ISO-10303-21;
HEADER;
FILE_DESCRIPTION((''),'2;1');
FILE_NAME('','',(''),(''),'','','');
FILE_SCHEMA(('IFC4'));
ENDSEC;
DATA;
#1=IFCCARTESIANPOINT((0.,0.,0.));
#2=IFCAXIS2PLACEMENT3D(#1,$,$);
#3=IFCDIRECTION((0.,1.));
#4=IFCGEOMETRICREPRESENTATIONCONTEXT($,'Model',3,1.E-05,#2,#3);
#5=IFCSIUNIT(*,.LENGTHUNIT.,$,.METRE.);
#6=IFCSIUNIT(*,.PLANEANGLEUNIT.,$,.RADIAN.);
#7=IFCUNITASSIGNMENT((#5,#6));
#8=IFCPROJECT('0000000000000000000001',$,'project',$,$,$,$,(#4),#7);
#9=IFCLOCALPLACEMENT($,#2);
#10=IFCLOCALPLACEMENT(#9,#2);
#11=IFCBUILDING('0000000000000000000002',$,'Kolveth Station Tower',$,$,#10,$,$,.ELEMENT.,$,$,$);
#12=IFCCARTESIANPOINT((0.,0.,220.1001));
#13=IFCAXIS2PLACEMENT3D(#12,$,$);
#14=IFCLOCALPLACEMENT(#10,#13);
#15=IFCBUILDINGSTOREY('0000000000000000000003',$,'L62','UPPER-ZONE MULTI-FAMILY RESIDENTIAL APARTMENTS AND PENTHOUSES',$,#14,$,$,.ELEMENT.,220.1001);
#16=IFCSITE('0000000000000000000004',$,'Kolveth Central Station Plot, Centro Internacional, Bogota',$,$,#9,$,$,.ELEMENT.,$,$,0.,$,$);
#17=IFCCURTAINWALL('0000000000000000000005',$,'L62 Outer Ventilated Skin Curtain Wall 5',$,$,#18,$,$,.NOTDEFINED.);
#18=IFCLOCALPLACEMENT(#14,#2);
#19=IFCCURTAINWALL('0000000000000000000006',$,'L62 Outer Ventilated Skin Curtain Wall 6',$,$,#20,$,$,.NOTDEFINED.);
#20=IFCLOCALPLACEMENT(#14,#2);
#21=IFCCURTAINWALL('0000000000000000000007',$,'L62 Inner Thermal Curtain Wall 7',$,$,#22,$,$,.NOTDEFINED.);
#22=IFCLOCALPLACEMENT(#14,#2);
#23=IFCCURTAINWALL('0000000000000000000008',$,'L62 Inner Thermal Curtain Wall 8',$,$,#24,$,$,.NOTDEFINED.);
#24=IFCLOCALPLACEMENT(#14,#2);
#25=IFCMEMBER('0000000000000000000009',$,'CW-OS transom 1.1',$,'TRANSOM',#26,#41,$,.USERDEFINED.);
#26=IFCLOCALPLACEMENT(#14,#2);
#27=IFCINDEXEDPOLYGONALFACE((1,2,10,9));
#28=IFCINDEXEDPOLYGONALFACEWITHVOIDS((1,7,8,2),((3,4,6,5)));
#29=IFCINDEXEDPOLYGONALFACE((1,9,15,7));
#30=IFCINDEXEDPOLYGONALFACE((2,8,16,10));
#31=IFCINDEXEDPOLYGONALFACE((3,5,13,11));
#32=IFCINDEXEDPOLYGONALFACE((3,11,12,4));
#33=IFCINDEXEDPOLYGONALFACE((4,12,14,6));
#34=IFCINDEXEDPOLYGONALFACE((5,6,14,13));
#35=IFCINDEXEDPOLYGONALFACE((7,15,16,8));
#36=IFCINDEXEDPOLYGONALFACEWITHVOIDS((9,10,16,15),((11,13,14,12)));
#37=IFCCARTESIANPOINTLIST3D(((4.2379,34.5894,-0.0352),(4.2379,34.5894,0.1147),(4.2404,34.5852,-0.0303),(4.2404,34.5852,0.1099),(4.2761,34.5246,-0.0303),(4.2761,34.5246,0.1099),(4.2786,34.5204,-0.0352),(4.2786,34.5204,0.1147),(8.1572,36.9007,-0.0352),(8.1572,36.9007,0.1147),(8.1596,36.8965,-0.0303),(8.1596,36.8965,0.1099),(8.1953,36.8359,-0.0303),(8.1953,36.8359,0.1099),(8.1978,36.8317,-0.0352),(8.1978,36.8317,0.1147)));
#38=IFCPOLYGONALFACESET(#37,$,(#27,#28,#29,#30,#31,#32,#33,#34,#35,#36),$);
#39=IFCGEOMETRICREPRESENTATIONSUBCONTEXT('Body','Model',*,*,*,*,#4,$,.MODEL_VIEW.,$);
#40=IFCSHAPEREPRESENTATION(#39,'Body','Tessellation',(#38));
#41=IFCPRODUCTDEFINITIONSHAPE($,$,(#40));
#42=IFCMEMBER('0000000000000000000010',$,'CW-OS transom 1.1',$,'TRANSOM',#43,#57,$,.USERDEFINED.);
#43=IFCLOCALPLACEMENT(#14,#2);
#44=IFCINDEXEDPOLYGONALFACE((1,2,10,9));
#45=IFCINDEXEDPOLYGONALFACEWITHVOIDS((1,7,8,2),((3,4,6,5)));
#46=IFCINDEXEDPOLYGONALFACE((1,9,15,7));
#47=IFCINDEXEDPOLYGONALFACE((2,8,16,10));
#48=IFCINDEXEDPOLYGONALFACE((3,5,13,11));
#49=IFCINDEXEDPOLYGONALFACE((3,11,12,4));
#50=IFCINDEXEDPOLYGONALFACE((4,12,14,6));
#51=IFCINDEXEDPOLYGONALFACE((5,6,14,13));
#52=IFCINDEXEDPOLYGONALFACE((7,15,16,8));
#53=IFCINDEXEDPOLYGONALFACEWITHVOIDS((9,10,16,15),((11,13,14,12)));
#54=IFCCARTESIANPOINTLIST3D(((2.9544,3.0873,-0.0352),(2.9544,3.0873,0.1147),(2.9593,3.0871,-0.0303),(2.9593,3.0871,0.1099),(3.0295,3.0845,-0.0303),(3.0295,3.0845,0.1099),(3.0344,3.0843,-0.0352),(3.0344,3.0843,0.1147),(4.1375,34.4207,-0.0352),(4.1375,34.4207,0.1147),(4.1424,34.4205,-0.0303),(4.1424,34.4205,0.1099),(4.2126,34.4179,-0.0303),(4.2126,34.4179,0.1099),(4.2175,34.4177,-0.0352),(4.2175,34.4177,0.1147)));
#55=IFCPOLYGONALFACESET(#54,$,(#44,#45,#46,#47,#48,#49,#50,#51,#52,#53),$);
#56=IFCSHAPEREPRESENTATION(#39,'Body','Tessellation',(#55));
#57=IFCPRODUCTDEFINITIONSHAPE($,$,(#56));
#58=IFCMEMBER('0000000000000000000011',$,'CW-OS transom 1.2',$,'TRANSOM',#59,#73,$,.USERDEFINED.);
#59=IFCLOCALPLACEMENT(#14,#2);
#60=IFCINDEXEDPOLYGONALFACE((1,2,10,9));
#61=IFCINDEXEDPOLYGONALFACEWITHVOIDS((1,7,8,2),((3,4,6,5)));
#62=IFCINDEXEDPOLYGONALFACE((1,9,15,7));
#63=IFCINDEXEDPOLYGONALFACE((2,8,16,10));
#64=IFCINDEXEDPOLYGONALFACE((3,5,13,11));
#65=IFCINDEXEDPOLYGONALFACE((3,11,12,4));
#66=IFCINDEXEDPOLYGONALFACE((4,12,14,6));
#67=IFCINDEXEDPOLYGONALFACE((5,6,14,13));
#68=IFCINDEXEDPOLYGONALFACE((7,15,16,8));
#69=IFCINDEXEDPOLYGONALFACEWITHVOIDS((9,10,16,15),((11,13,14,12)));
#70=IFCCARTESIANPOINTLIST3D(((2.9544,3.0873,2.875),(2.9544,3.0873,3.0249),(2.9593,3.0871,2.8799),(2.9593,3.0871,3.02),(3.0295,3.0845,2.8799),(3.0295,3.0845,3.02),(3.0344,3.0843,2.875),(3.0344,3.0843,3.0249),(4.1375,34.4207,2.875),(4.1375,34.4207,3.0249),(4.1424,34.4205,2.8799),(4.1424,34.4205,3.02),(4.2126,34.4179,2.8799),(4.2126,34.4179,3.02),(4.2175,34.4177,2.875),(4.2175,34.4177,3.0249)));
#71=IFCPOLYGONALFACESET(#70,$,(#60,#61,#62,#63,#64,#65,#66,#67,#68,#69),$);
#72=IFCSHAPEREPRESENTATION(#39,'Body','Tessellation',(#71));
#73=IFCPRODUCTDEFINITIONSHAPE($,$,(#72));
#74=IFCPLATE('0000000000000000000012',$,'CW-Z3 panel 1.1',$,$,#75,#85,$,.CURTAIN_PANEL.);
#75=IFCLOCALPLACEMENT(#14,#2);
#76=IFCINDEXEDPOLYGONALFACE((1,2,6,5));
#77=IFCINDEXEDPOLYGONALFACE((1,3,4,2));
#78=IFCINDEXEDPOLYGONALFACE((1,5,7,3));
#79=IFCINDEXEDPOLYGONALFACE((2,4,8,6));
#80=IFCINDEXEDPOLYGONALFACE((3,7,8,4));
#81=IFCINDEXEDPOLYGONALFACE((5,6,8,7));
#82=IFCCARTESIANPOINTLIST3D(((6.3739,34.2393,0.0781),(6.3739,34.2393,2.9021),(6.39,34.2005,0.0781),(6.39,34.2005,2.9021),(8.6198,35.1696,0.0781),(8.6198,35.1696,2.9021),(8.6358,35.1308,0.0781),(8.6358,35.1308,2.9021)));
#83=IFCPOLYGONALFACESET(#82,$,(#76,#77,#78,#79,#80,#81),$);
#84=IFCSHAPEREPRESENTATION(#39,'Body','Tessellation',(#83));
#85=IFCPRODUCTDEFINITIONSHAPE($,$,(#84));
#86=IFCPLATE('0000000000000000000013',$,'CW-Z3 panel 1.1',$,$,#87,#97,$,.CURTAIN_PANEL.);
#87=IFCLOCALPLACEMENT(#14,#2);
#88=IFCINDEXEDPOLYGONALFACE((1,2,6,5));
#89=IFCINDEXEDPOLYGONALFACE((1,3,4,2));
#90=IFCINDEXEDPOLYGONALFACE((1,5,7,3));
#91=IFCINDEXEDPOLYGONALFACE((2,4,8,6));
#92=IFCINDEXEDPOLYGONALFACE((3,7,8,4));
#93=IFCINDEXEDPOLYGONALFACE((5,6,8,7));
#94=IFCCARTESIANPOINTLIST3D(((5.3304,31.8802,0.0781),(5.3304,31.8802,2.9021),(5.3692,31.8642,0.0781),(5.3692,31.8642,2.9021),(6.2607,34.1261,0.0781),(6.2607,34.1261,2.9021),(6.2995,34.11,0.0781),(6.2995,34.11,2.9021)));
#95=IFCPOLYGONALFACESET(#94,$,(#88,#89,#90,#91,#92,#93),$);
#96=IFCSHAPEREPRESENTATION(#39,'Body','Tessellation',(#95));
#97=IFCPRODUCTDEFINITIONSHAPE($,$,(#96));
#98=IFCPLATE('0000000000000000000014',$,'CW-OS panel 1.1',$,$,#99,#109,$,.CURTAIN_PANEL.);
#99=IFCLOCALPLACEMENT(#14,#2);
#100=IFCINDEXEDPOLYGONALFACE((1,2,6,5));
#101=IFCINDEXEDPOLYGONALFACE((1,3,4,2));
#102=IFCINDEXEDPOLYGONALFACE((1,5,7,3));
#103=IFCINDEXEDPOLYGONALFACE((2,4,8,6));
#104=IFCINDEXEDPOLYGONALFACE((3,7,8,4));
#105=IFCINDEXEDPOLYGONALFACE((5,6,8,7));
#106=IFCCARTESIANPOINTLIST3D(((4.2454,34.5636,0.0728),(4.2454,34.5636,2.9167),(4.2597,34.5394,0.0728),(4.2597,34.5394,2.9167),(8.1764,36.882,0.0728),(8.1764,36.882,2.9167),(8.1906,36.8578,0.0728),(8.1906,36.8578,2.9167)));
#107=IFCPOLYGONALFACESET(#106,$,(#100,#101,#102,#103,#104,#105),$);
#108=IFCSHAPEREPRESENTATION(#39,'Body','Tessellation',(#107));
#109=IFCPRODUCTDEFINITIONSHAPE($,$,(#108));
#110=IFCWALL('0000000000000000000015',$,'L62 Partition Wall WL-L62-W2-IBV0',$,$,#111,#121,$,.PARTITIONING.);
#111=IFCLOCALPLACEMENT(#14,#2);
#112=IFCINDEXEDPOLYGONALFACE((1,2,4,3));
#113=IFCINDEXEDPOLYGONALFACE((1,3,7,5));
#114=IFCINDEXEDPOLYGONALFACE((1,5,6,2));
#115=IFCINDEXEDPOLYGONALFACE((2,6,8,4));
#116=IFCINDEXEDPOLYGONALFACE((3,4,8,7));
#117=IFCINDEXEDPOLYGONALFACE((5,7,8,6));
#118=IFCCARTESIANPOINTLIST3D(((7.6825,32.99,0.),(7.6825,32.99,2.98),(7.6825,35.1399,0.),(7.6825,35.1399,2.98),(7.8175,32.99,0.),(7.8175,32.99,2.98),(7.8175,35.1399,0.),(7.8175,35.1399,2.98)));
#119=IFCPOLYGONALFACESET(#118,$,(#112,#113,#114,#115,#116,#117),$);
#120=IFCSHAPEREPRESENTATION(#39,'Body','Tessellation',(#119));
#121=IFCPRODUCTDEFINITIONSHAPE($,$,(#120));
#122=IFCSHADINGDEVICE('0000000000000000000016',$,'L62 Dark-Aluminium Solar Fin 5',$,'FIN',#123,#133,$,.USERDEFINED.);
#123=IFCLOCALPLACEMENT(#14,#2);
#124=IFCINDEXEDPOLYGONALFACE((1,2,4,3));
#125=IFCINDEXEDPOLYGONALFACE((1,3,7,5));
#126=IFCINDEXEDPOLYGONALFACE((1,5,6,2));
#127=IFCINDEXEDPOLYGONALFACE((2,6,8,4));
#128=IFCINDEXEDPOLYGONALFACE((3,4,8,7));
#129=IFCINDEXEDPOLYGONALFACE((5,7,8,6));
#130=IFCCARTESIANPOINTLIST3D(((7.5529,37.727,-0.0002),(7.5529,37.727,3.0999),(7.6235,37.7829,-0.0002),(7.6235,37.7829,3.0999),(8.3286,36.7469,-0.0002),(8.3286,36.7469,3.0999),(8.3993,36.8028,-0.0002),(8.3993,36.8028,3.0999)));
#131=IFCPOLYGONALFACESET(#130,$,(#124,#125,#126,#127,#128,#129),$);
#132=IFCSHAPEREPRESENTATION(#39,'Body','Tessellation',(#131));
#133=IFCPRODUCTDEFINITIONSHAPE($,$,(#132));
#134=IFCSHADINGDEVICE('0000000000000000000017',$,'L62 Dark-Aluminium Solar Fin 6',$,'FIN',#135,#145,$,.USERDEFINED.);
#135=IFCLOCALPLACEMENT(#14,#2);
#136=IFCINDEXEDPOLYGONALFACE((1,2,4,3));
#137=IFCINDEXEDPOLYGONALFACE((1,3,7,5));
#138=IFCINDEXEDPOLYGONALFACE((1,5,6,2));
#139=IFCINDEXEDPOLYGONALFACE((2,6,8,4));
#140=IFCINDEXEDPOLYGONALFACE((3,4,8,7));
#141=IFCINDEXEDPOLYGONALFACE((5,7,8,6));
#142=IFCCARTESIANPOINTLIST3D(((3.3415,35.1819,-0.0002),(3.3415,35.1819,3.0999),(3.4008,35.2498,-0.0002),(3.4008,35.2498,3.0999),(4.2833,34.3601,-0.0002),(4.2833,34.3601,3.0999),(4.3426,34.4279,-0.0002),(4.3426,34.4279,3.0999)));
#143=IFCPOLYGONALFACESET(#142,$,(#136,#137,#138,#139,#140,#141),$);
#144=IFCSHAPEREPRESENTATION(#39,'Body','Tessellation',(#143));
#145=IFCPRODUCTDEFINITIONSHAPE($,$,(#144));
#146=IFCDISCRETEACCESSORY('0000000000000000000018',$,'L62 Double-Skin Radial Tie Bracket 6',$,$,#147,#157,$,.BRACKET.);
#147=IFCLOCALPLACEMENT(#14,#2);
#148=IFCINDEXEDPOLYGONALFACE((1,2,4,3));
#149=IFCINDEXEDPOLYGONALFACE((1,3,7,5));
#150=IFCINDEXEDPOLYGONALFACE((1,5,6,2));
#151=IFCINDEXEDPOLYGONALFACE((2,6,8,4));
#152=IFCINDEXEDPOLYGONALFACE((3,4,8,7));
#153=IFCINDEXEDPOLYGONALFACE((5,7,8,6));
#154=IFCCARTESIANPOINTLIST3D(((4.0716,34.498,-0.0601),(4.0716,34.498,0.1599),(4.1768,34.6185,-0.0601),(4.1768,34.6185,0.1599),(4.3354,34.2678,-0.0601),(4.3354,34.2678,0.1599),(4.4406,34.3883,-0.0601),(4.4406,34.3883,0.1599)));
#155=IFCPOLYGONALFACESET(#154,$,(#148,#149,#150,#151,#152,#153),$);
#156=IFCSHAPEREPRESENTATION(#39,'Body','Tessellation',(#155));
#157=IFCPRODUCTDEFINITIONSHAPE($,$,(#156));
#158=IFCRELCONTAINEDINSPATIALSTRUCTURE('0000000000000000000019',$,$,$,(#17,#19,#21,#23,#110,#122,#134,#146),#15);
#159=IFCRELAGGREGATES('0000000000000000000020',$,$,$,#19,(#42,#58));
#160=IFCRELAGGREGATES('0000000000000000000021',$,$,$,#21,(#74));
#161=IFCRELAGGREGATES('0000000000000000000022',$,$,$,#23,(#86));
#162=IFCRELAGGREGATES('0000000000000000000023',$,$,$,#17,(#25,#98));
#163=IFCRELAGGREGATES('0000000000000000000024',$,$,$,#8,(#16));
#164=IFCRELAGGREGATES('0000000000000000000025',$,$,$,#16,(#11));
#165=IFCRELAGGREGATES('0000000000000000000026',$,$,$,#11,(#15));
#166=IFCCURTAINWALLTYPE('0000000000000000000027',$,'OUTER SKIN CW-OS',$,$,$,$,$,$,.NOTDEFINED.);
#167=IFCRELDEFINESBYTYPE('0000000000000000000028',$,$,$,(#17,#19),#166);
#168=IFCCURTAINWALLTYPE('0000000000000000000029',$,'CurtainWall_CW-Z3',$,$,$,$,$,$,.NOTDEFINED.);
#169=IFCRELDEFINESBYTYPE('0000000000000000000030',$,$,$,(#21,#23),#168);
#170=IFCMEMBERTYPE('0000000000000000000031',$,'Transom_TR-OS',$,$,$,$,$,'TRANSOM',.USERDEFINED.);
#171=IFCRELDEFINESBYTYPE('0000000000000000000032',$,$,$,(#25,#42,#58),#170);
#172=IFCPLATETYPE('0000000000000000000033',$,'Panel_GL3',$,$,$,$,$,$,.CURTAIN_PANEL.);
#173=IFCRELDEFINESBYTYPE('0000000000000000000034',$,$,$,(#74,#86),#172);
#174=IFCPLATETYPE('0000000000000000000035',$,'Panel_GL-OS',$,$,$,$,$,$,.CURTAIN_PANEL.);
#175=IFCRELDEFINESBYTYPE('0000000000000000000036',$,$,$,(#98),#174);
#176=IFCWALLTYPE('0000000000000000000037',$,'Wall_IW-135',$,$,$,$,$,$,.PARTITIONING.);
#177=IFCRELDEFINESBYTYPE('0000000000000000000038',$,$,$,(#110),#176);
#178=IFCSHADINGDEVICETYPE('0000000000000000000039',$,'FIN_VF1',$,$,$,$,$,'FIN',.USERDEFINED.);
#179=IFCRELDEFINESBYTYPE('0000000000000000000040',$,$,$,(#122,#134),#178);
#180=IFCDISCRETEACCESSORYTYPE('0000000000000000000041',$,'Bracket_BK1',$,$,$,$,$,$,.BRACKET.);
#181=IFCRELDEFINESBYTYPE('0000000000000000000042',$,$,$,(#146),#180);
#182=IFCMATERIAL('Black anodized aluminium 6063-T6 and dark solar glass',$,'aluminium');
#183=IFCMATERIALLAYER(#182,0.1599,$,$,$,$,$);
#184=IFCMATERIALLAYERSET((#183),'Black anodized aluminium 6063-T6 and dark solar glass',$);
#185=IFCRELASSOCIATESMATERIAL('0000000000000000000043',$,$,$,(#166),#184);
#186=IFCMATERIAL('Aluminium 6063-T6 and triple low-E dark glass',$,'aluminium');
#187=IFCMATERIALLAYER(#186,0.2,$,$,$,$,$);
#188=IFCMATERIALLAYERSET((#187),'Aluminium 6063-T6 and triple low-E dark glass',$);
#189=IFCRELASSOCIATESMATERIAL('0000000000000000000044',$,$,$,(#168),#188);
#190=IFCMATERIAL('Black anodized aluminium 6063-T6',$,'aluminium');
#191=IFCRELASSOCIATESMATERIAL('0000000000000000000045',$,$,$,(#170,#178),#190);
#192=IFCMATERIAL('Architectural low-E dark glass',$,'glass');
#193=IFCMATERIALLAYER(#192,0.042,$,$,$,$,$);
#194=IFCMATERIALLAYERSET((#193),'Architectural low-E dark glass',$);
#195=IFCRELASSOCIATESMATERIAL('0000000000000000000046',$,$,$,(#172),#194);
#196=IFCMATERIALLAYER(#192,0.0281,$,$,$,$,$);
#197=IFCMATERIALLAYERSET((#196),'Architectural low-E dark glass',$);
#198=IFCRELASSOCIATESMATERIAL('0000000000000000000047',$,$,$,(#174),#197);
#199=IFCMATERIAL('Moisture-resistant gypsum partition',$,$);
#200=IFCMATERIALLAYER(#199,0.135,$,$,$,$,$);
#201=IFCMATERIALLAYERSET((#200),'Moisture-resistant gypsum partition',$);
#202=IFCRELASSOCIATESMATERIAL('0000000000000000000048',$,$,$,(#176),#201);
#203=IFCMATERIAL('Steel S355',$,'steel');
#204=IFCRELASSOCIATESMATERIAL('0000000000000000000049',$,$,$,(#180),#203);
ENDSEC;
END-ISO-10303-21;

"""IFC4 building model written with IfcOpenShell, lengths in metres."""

from ifc_helpers import new_model, si_unit, direction, frame, frame_2d, origin, origin_2d, place, context, subcontext, project, spatial, rectangle, hollow_rectangle, extrude, source, transform, mapped, material, layer, layer_set, material_profile, profile_set, type_object, element, aggregate, save


model = new_model("IFC4")

# Units and contexts
model_context = context("Model", 3, precision=1e-05, world=origin(), true_north=direction((0.0, 1.0)))
body_context = subcontext(model_context, "Body", "Model", "MODEL_VIEW")
ifc_project = project(units=[si_unit("LENGTHUNIT", "METRE"), si_unit("PLANEANGLEUNIT", "RADIAN")], contexts=[model_context])

# Site, building, storey
site_placement = place(None, origin())
site = spatial("IfcSite", under=ifc_project, at=site_placement, Name="Kolveth Central Station Plot, Centro Internacional, Bogota", CompositionType="ELEMENT", RefElevation=0.0)
building_placement = place(site_placement, origin())
building = spatial("IfcBuilding", under=site, at=building_placement, Name="Kolveth Station Tower", CompositionType="ELEMENT")
storey_placement = place(building_placement, frame((0.0, 0.0, 220.1001)))
storey = spatial("IfcBuildingStorey", under=building, at=storey_placement, Name="L62", Description="UPPER-ZONE MULTI-FAMILY RESIDENTIAL APARTMENTS AND PENTHOUSES", CompositionType="ELEMENT", Elevation=220.1001)

# Curtain walls
ifc_material_1 = material(Name="Black anodized aluminium 6063-T6 and dark solar glass", Category="aluminium")
ifc_layer_1 = layer(ifc_material_1, 0.1599)
ifc_layer_set_1 = layer_set([ifc_layer_1], Name="Black anodized aluminium 6063-T6 and dark solar glass")
curtain_wall_type_1 = type_object("IfcCurtainWallType", Name="OUTER SKIN CW-OS", PredefinedType="NOTDEFINED", material=ifc_layer_set_1)
curtain_wall_1_placement = place(storey_placement, origin())
curtain_wall_1 = element("IfcCurtainWall", 1, at=curtain_wall_1_placement, inside=storey, type_object=curtain_wall_type_1, Name="L62 Outer Ventilated Skin Curtain Wall 5", PredefinedType="NOTDEFINED")
ifc_material_2 = material(Name="Black anodized aluminium 6063-T6", Category="aluminium")
curtain_wall_2_placement = place(storey_placement, origin())
curtain_wall_2 = element("IfcCurtainWall", 2, at=curtain_wall_2_placement, inside=storey, type_object=curtain_wall_type_1, Name="L62 Outer Ventilated Skin Curtain Wall 6", PredefinedType="NOTDEFINED")
ifc_material_3 = material(Name="Aluminium 6063-T6 and triple low-E dark glass", Category="aluminium")
ifc_layer_2 = layer(ifc_material_3, 0.2)
ifc_layer_set_2 = layer_set([ifc_layer_2], Name="Aluminium 6063-T6 and triple low-E dark glass")
curtain_wall_type_2 = type_object("IfcCurtainWallType", Name="CurtainWall_CW-Z3", PredefinedType="NOTDEFINED", material=ifc_layer_set_2)
curtain_wall_3_placement = place(storey_placement, origin())
curtain_wall_3 = element("IfcCurtainWall", 3, at=curtain_wall_3_placement, inside=storey, type_object=curtain_wall_type_2, Name="L62 Inner Thermal Curtain Wall 7", PredefinedType="NOTDEFINED")

# Curtain wall
curtain_wall_4_placement = place(storey_placement, origin())
curtain_wall_4 = element("IfcCurtainWall", 4, at=curtain_wall_4_placement, inside=storey, type_object=curtain_wall_type_2, Name="L62 Inner Thermal Curtain Wall 8", PredefinedType="NOTDEFINED")

# Members
ifc_material_profile_1 = material_profile(ifc_material_2, hollow_rectangle(XDim=0.0801, YDim=0.1499, WallThickness=0.0049, at=origin_2d()), Name="ALU-80x150x5")
ifc_profile_set_1 = profile_set([ifc_material_profile_1], Name="Black anodized aluminium 6063-T6")
member_type_1 = type_object("IfcMemberType", Name="Transom_TR-OS", ElementType="TRANSOM", PredefinedType="USERDEFINED", material=ifc_profile_set_1)
shared_shape_1 = source(origin(), body_context, "Body", "SweptSolid", [
    extrude(hollow_rectangle(XDim=0.0801, YDim=0.1499, WallThickness=0.0049, at=origin_2d()), origin(), (0.0, 0.0, 1.0), 4.55),
])
member_1_placement = place(storey_placement, frame((8.1775, 36.8662, 0.0398), z_axis=(-0.86137, -0.507979, 0.0), x_axis=(0.507979, -0.86137, 0.0)))
member_1 = element("IfcMember", 5, at=member_1_placement, type_object=member_type_1, Name="CW-OS transom 1.1", ObjectType="TRANSOM", PredefinedType="USERDEFINED", context=body_context, shape_type="MappedRepresentation", body=[
    mapped(shared_shape_1, transform((0.0, 0.0, 0.0), x_axis=(1.0, 0.0, 0.0), y_axis=(0.0, 1.0, 0.0), z_axis=(0.0, 0.0, 1.0), scale=1.0)),
])
shared_shape_2 = source(origin(), body_context, "Body", "SweptSolid", [
    extrude(hollow_rectangle(XDim=0.0801, YDim=0.1499, WallThickness=0.0049, at=origin_2d()), origin(), (0.0, 0.0, 1.0), 31.3557),
])
member_2_placement = place(storey_placement, frame((4.1775, 34.4192, 0.0398), z_axis=(-0.037732, -0.999288, 0.0), x_axis=(0.999288, -0.037732, 0.0)))
member_2 = element("IfcMember", 6, at=member_2_placement, type_object=member_type_1, Name="CW-OS transom 1.1", ObjectType="TRANSOM", PredefinedType="USERDEFINED", context=body_context, shape_type="MappedRepresentation", body=[
    mapped(shared_shape_2, transform((0.0, 0.0, 0.0), x_axis=(1.0, 0.0, 0.0), y_axis=(0.0, 1.0, 0.0), z_axis=(0.0, 0.0, 1.0), scale=1.0)),
])
member_3_placement = place(storey_placement, frame((4.1775, 34.4192, 2.95), z_axis=(-0.037732, -0.999288, 0.0), x_axis=(0.999288, -0.037732, 0.0)))
member_3 = element("IfcMember", 7, at=member_3_placement, type_object=member_type_1, Name="CW-OS transom 1.2", ObjectType="TRANSOM", PredefinedType="USERDEFINED", context=body_context, shape_type="MappedRepresentation", body=[
    mapped(shared_shape_2, transform((0.0, 0.0, 0.0), x_axis=(1.0, 0.0, 0.0), y_axis=(0.0, 1.0, 0.0), z_axis=(0.0, 0.0, 1.0), scale=1.0)),
])
aggregate(curtain_wall_2, [member_2, member_3])

# Plates
ifc_material_4 = material(Name="Architectural low-E dark glass", Category="glass")
ifc_layer_3 = layer(ifc_material_4, 0.042)
ifc_layer_set_3 = layer_set([ifc_layer_3], Name="Architectural low-E dark glass")
plate_type_1 = type_object("IfcPlateType", Name="Panel_GL3", PredefinedType="CURTAIN_PANEL", material=ifc_layer_set_3)
shared_shape_3 = source(origin(), body_context, "Body", "SweptSolid", [
    extrude(rectangle(XDim=2.4309, YDim=0.042, at=origin_2d()), origin(), (0.0, 0.0, 1.0), 2.824),
])
plate_1_placement = place(storey_placement, frame((7.5049, 34.6851, 0.0781), z_axis=(0.0, 0.0, 1.0), x_axis=(-0.923875, -0.382693, 0.0)))
plate_1 = element("IfcPlate", 8, at=plate_1_placement, type_object=plate_type_1, Name="CW-Z3 panel 1.1", PredefinedType="CURTAIN_PANEL", context=body_context, shape_type="MappedRepresentation", body=[
    mapped(shared_shape_3, transform((0.0, 0.0, 0.0), x_axis=(1.0, 0.0, 0.0), y_axis=(0.0, 1.0, 0.0), z_axis=(0.0, 0.0, 1.0), scale=1.0)),
])
aggregate(curtain_wall_3, [plate_1])
plate_2_placement = place(storey_placement, frame((5.8149, 32.9951, 0.0781), z_axis=(0.0, 0.0, 1.0), x_axis=(-0.382693, -0.923875, 0.0)))
plate_2 = element("IfcPlate", 9, at=plate_2_placement, type_object=plate_type_1, Name="CW-Z3 panel 1.1", PredefinedType="CURTAIN_PANEL", context=body_context, shape_type="MappedRepresentation", body=[
    mapped(shared_shape_3, transform((0.0, 0.0, 0.0), x_axis=(1.0, 0.0, 0.0), y_axis=(0.0, 1.0, 0.0), z_axis=(0.0, 0.0, 1.0), scale=1.0)),
])
aggregate(curtain_wall_4, [plate_2])
ifc_layer_4 = layer(ifc_material_4, 0.0281)
ifc_layer_set_4 = layer_set([ifc_layer_4], Name="Architectural low-E dark glass")
plate_type_2 = type_object("IfcPlateType", Name="Panel_GL-OS", PredefinedType="CURTAIN_PANEL", material=ifc_layer_set_4)
shared_shape_4 = source(origin(), body_context, "Body", "SweptSolid", [
    extrude(rectangle(XDim=4.5637, YDim=0.0281, at=origin_2d()), origin(), (0.0, 0.0, 1.0), 2.844),
])
plate_3_placement = place(storey_placement, frame((6.218, 35.7107, 0.0728), z_axis=(0.0, 0.0, 1.0), x_axis=(-0.861349, -0.508014, 0.0)))
plate_3 = element("IfcPlate", 10, at=plate_3_placement, type_object=plate_type_2, Name="CW-OS panel 1.1", PredefinedType="CURTAIN_PANEL", context=body_context, shape_type="MappedRepresentation", body=[
    mapped(shared_shape_4, transform((0.0, 0.0, 0.0), x_axis=(1.0, 0.0, 0.0), y_axis=(0.0, 1.0, 0.0), z_axis=(0.0, 0.0, 1.0), scale=1.0)),
])
aggregate(curtain_wall_1, [member_1, plate_3])

# Shared definitions
ifc_material_5 = material(Name="Moisture-resistant gypsum partition")
ifc_layer_5 = layer(ifc_material_5, 0.135)
ifc_layer_set_5 = layer_set([ifc_layer_5], Name="Moisture-resistant gypsum partition")
wall_type = type_object("IfcWallType", Name="Wall_IW-135", PredefinedType="PARTITIONING", material=ifc_layer_set_5)

# Wall
wall_1_placement = place(storey_placement, frame((7.75, 32.99, 0.0), z_axis=(0.0, 0.0, 1.0), x_axis=(0.0, 1.0, 0.0)))
element("IfcWall", 11, at=wall_1_placement, inside=storey, type_object=wall_type, Name="L62 Partition Wall WL-L62-W2-IBV0", PredefinedType="PARTITIONING", context=body_context, shape_type="SweptSolid", body=[
    extrude(rectangle(XDim=2.1499, YDim=0.135, at=frame_2d((1.075, 0.0))), origin(), (0.0, 0.0, 1.0), 2.98),
])

# Shading devices
shading_device_type = type_object("IfcShadingDeviceType", Name="FIN_VF1", ElementType="FIN", PredefinedType="USERDEFINED", material=ifc_material_2)
shared_shape_5 = source(origin(), body_context, "Body", "SweptSolid", [
    extrude(rectangle(XDim=1.25, YDim=0.0901, at=origin_2d()), origin(), (0.0, 0.0, 1.0), 3.1001),
])
for number, where, z_axis, x_axis, name in (
    (12, (7.9761, 37.2649, -0.0002), (0.0, 0.0, 1.0), (-0.620601, 0.784127, 0.0), "L62 Dark-Aluminium Solar Fin 5"),
    (13, (3.842, 34.8049, -0.0002), (0.0, 0.0, 1.0), (-0.753449, 0.657507, 0.0), "L62 Dark-Aluminium Solar Fin 6"),
):
    element("IfcShadingDevice", number, at=place(storey_placement, frame(where, z_axis=z_axis, x_axis=x_axis)), inside=storey, type_object=shading_device_type, Name=name, ObjectType="FIN", PredefinedType="USERDEFINED", context=body_context, shape_type="MappedRepresentation", body=[
        mapped(shared_shape_5, transform((0.0, 0.0, 0.0), x_axis=(1.0, 0.0, 0.0), y_axis=(0.0, 1.0, 0.0), z_axis=(0.0, 0.0, 1.0), scale=1.0)),
    ])

# Discrete accessory
ifc_material_6 = material(Name="Steel S355", Category="steel")
discrete_accessory_type = type_object("IfcDiscreteAccessoryType", Name="Bracket_BK1", PredefinedType="BRACKET", material=ifc_material_6)
shared_shape_6 = source(origin(), body_context, "Body", "SweptSolid", [
    extrude(rectangle(XDim=0.3501, YDim=0.1599, at=origin_2d()), origin(), (0.0, 0.0, 1.0), 0.22),
])
discrete_accessory_placement = place(storey_placement, frame((4.2561, 34.4431, -0.0601), z_axis=(0.0, 0.0, 1.0), x_axis=(-0.753449, 0.657507, 0.0)))
element("IfcDiscreteAccessory", 14, at=discrete_accessory_placement, inside=storey, type_object=discrete_accessory_type, Name="L62 Double-Skin Radial Tie Bracket 6", PredefinedType="BRACKET", context=body_context, shape_type="MappedRepresentation", body=[
    mapped(shared_shape_6, transform((0.0, 0.0, 0.0), x_axis=(1.0, 0.0, 0.0), y_axis=(0.0, 1.0, 0.0), z_axis=(0.0, 0.0, 1.0), scale=1.0)),
])

save(model, "model.ifc")
